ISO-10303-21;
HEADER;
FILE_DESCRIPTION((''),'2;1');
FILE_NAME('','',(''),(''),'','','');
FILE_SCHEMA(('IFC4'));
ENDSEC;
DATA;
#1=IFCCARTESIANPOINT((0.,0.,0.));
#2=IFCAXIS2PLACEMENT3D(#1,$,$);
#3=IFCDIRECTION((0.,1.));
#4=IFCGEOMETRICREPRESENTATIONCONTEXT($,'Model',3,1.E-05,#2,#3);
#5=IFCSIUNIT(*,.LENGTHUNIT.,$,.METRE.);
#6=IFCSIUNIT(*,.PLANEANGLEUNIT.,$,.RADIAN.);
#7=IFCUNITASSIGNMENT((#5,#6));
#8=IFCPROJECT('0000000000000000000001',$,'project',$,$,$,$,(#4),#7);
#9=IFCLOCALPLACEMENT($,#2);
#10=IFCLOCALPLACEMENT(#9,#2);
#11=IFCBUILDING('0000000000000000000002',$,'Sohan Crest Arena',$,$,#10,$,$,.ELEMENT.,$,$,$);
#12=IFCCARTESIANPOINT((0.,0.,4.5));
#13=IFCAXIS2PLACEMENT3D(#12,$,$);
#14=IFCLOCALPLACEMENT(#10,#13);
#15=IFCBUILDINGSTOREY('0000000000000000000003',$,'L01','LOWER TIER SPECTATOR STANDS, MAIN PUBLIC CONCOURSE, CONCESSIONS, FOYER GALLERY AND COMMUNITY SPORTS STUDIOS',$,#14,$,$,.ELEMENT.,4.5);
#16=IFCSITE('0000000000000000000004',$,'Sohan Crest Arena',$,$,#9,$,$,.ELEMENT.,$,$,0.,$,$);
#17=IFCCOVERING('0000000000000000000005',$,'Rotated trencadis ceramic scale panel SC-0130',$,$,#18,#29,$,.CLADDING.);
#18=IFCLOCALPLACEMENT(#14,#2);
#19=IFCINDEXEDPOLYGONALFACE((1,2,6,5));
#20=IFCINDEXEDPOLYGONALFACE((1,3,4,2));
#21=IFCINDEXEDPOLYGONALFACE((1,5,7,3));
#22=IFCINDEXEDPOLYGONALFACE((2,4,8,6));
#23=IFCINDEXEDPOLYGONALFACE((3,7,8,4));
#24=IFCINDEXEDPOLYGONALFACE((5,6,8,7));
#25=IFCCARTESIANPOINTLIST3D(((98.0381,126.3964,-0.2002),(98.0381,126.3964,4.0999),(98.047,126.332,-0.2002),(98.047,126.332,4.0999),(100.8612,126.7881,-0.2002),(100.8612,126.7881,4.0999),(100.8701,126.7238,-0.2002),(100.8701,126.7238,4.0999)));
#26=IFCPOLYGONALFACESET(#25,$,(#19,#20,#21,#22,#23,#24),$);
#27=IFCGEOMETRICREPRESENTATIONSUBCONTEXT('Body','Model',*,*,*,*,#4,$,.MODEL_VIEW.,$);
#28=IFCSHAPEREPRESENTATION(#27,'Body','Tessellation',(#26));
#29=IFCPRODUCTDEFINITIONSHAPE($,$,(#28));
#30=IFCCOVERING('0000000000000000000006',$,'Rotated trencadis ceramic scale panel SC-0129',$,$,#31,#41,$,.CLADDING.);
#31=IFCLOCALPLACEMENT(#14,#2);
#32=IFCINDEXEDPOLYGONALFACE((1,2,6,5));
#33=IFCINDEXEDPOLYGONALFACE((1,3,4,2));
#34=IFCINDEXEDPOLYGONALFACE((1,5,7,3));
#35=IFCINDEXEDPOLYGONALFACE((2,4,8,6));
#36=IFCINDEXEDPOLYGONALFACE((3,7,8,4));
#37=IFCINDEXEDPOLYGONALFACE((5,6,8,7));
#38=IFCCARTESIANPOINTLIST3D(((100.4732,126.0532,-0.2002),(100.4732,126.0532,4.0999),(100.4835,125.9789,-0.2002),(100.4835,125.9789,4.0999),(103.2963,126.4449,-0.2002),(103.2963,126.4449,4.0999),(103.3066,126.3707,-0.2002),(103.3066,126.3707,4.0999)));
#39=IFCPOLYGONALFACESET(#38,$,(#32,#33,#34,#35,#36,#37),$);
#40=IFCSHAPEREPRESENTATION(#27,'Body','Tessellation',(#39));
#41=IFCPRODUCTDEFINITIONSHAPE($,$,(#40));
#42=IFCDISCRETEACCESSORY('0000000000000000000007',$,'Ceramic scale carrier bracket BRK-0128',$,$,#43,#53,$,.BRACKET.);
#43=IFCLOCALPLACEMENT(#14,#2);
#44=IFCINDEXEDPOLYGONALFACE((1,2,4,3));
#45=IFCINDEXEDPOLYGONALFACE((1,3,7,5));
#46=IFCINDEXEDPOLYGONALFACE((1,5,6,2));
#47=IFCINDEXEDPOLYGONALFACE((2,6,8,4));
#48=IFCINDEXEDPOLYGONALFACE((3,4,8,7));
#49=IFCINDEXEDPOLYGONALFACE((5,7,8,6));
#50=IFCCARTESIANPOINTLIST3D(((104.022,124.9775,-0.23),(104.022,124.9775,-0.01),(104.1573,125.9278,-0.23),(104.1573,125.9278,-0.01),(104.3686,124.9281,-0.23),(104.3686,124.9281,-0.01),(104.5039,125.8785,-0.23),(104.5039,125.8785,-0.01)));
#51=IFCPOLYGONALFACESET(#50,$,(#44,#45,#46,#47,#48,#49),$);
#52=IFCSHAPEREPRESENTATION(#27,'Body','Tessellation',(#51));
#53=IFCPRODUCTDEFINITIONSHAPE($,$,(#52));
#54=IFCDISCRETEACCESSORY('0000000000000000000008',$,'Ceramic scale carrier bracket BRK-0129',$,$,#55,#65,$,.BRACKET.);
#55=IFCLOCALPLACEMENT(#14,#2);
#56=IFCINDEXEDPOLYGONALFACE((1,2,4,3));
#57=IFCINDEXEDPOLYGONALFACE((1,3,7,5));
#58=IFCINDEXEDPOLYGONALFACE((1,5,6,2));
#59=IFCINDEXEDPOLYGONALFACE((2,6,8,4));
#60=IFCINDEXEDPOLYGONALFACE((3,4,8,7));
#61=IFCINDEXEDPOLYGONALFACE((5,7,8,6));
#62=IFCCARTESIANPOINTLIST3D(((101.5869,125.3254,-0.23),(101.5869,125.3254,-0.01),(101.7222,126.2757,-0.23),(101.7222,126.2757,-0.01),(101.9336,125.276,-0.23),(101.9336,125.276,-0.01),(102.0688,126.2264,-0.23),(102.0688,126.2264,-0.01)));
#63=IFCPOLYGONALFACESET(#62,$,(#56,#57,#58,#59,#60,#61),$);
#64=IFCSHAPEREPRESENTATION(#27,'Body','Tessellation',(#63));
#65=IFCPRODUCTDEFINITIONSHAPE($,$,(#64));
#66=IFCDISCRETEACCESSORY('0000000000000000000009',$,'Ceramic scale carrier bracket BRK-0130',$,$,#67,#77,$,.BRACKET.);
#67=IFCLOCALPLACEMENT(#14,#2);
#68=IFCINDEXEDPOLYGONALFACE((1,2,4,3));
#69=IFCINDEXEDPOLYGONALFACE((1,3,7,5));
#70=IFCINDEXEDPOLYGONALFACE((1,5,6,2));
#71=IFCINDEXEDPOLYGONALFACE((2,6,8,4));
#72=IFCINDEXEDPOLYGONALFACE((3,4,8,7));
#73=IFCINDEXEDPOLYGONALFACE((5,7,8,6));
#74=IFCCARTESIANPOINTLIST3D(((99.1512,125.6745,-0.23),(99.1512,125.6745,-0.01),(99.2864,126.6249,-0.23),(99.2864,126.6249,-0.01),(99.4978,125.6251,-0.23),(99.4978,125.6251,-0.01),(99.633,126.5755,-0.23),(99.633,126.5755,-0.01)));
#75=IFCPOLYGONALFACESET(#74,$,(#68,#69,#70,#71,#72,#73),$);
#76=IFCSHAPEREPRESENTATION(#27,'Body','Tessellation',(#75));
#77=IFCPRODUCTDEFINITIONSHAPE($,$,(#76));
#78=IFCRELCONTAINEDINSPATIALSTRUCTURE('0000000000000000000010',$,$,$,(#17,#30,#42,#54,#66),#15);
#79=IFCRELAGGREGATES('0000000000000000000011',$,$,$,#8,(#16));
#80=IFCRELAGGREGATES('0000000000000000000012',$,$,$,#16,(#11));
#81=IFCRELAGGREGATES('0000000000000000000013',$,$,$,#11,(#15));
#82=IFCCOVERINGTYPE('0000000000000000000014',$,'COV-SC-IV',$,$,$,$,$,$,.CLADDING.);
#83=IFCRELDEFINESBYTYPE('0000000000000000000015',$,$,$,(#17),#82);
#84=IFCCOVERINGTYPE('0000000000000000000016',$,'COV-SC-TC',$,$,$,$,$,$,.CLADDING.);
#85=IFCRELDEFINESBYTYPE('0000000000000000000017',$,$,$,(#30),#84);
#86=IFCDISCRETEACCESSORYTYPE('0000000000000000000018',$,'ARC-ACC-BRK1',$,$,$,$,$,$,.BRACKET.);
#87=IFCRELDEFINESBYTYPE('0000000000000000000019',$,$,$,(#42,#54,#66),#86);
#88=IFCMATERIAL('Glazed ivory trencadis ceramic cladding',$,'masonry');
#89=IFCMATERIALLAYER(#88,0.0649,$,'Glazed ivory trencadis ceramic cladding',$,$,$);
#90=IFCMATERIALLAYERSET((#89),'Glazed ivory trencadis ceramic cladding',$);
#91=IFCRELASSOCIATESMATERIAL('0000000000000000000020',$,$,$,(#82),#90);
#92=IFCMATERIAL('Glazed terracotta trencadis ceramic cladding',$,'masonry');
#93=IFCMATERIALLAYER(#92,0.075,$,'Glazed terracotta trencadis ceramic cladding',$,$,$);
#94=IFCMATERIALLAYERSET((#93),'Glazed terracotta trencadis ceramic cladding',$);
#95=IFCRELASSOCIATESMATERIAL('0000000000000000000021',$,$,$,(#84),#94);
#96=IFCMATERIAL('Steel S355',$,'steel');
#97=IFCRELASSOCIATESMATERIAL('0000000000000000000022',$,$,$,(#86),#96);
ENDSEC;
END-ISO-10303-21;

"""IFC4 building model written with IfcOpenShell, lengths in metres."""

from ifc_helpers import new_model, si_unit, direction, frame, origin, origin_2d, place, context, subcontext, project, spatial, rectangle, extrude, material, layer, layer_set, type_object, element, save


model = new_model("IFC4")

# Units and contexts
model_context = context("Model", 3, precision=1e-05, world=origin(), true_north=direction((0.0, 1.0)))
body_context = subcontext(model_context, "Body", "Model", "MODEL_VIEW")
ifc_project = project(units=[si_unit("LENGTHUNIT", "METRE"), si_unit("PLANEANGLEUNIT", "RADIAN")], contexts=[model_context])

# Site, building, storey
site_placement = place(None, origin())
site = spatial("IfcSite", under=ifc_project, at=site_placement, Name="Sohan Crest Arena", CompositionType="ELEMENT", RefElevation=0.0)
building_placement = place(site_placement, origin())
building = spatial("IfcBuilding", under=site, at=building_placement, Name="Sohan Crest Arena", CompositionType="ELEMENT")
storey_placement = place(building_placement, frame((0.0, 0.0, 4.5)))
storey = spatial("IfcBuildingStorey", under=building, at=storey_placement, Name="L01", Description="LOWER TIER SPECTATOR STANDS, MAIN PUBLIC CONCOURSE, CONCESSIONS, FOYER GALLERY AND COMMUNITY SPORTS STUDIOS", CompositionType="ELEMENT", Elevation=4.5)

# Coverings
ifc_material_1 = material(Name="Glazed ivory trencadis ceramic cladding", Category="masonry")
ifc_layer_1 = layer(ifc_material_1, 0.0649, Name="Glazed ivory trencadis ceramic cladding")
ifc_layer_set_1 = layer_set([ifc_layer_1], Name="Glazed ivory trencadis ceramic cladding")
covering_type_1 = type_object("IfcCoveringType", Name="COV-SC-IV", PredefinedType="CLADDING", material=ifc_layer_set_1)
for number, where, z_axis, x_axis, name in (
    (1, (99.4541, 126.5601, -0.2002), (0.0, 0.0, 1.0), (-0.990509, -0.137445, 0.0), "Rotated trencadis ceramic scale panel SC-0130"),
):
    element("IfcCovering", number, at=place(storey_placement, frame(where, z_axis=z_axis, x_axis=x_axis)), inside=storey, type_object=covering_type_1, Name=name, PredefinedType="CLADDING", context=body_context, shape_type="SweptSolid", body=[
        extrude(rectangle(XDim=2.8501, YDim=0.0649, at=origin_2d()), origin(), (0.0, 0.0, 1.0), 4.3),
    ])
ifc_material_2 = material(Name="Glazed terracotta trencadis ceramic cladding", Category="masonry")
ifc_layer_2 = layer(ifc_material_2, 0.075, Name="Glazed terracotta trencadis ceramic cladding")
ifc_layer_set_2 = layer_set([ifc_layer_2], Name="Glazed terracotta trencadis ceramic cladding")
covering_type_2 = type_object("IfcCoveringType", Name="COV-SC-TC", PredefinedType="CLADDING", material=ifc_layer_set_2)
covering_placement = place(storey_placement, frame((101.8899, 126.2119, -0.2002), z_axis=(0.0, 0.0, 1.0), x_axis=(-0.990509, -0.137445, 0.0)))
element("IfcCovering", 2, at=covering_placement, inside=storey, type_object=covering_type_2, Name="Rotated trencadis ceramic scale panel SC-0129", PredefinedType="CLADDING", context=body_context, shape_type="SweptSolid", body=[
    extrude(rectangle(XDim=2.8501, YDim=0.075, at=origin_2d()), origin(), (0.0, 0.0, 1.0), 4.3),
])

# Discrete accessories
ifc_material_3 = material(Name="Steel S355", Category="steel")
discrete_accessory_type = type_object("IfcDiscreteAccessoryType", Name="ARC-ACC-BRK1", PredefinedType="BRACKET", material=ifc_material_3)
for number, where, z_axis, x_axis, name in (
    (3, (104.2629, 125.428, -0.23), (0.0, 0.0, 1.0), (-0.990024, 0.140901, 0.0), "Ceramic scale carrier bracket BRK-0128"),
    (4, (101.8279, 125.7759, -0.23), (0.0, 0.0, 1.0), (-0.990024, 0.140901, 0.0), "Ceramic scale carrier bracket BRK-0129"),
    (5, (99.3921, 126.125, -0.23), (0.0, 0.0, 1.0), (-0.990024, 0.140901, 0.0), "Ceramic scale carrier bracket BRK-0130"),
):
    element("IfcDiscreteAccessory", number, at=place(storey_placement, frame(where, z_axis=z_axis, x_axis=x_axis)), inside=storey, type_object=discrete_accessory_type, Name=name, PredefinedType="BRACKET", context=body_context, shape_type="SweptSolid", body=[
        extrude(rectangle(XDim=0.3501, YDim=0.96, at=origin_2d()), origin(), (0.0, 0.0, 1.0), 0.22),
    ])

save(model, "model.ifc")
